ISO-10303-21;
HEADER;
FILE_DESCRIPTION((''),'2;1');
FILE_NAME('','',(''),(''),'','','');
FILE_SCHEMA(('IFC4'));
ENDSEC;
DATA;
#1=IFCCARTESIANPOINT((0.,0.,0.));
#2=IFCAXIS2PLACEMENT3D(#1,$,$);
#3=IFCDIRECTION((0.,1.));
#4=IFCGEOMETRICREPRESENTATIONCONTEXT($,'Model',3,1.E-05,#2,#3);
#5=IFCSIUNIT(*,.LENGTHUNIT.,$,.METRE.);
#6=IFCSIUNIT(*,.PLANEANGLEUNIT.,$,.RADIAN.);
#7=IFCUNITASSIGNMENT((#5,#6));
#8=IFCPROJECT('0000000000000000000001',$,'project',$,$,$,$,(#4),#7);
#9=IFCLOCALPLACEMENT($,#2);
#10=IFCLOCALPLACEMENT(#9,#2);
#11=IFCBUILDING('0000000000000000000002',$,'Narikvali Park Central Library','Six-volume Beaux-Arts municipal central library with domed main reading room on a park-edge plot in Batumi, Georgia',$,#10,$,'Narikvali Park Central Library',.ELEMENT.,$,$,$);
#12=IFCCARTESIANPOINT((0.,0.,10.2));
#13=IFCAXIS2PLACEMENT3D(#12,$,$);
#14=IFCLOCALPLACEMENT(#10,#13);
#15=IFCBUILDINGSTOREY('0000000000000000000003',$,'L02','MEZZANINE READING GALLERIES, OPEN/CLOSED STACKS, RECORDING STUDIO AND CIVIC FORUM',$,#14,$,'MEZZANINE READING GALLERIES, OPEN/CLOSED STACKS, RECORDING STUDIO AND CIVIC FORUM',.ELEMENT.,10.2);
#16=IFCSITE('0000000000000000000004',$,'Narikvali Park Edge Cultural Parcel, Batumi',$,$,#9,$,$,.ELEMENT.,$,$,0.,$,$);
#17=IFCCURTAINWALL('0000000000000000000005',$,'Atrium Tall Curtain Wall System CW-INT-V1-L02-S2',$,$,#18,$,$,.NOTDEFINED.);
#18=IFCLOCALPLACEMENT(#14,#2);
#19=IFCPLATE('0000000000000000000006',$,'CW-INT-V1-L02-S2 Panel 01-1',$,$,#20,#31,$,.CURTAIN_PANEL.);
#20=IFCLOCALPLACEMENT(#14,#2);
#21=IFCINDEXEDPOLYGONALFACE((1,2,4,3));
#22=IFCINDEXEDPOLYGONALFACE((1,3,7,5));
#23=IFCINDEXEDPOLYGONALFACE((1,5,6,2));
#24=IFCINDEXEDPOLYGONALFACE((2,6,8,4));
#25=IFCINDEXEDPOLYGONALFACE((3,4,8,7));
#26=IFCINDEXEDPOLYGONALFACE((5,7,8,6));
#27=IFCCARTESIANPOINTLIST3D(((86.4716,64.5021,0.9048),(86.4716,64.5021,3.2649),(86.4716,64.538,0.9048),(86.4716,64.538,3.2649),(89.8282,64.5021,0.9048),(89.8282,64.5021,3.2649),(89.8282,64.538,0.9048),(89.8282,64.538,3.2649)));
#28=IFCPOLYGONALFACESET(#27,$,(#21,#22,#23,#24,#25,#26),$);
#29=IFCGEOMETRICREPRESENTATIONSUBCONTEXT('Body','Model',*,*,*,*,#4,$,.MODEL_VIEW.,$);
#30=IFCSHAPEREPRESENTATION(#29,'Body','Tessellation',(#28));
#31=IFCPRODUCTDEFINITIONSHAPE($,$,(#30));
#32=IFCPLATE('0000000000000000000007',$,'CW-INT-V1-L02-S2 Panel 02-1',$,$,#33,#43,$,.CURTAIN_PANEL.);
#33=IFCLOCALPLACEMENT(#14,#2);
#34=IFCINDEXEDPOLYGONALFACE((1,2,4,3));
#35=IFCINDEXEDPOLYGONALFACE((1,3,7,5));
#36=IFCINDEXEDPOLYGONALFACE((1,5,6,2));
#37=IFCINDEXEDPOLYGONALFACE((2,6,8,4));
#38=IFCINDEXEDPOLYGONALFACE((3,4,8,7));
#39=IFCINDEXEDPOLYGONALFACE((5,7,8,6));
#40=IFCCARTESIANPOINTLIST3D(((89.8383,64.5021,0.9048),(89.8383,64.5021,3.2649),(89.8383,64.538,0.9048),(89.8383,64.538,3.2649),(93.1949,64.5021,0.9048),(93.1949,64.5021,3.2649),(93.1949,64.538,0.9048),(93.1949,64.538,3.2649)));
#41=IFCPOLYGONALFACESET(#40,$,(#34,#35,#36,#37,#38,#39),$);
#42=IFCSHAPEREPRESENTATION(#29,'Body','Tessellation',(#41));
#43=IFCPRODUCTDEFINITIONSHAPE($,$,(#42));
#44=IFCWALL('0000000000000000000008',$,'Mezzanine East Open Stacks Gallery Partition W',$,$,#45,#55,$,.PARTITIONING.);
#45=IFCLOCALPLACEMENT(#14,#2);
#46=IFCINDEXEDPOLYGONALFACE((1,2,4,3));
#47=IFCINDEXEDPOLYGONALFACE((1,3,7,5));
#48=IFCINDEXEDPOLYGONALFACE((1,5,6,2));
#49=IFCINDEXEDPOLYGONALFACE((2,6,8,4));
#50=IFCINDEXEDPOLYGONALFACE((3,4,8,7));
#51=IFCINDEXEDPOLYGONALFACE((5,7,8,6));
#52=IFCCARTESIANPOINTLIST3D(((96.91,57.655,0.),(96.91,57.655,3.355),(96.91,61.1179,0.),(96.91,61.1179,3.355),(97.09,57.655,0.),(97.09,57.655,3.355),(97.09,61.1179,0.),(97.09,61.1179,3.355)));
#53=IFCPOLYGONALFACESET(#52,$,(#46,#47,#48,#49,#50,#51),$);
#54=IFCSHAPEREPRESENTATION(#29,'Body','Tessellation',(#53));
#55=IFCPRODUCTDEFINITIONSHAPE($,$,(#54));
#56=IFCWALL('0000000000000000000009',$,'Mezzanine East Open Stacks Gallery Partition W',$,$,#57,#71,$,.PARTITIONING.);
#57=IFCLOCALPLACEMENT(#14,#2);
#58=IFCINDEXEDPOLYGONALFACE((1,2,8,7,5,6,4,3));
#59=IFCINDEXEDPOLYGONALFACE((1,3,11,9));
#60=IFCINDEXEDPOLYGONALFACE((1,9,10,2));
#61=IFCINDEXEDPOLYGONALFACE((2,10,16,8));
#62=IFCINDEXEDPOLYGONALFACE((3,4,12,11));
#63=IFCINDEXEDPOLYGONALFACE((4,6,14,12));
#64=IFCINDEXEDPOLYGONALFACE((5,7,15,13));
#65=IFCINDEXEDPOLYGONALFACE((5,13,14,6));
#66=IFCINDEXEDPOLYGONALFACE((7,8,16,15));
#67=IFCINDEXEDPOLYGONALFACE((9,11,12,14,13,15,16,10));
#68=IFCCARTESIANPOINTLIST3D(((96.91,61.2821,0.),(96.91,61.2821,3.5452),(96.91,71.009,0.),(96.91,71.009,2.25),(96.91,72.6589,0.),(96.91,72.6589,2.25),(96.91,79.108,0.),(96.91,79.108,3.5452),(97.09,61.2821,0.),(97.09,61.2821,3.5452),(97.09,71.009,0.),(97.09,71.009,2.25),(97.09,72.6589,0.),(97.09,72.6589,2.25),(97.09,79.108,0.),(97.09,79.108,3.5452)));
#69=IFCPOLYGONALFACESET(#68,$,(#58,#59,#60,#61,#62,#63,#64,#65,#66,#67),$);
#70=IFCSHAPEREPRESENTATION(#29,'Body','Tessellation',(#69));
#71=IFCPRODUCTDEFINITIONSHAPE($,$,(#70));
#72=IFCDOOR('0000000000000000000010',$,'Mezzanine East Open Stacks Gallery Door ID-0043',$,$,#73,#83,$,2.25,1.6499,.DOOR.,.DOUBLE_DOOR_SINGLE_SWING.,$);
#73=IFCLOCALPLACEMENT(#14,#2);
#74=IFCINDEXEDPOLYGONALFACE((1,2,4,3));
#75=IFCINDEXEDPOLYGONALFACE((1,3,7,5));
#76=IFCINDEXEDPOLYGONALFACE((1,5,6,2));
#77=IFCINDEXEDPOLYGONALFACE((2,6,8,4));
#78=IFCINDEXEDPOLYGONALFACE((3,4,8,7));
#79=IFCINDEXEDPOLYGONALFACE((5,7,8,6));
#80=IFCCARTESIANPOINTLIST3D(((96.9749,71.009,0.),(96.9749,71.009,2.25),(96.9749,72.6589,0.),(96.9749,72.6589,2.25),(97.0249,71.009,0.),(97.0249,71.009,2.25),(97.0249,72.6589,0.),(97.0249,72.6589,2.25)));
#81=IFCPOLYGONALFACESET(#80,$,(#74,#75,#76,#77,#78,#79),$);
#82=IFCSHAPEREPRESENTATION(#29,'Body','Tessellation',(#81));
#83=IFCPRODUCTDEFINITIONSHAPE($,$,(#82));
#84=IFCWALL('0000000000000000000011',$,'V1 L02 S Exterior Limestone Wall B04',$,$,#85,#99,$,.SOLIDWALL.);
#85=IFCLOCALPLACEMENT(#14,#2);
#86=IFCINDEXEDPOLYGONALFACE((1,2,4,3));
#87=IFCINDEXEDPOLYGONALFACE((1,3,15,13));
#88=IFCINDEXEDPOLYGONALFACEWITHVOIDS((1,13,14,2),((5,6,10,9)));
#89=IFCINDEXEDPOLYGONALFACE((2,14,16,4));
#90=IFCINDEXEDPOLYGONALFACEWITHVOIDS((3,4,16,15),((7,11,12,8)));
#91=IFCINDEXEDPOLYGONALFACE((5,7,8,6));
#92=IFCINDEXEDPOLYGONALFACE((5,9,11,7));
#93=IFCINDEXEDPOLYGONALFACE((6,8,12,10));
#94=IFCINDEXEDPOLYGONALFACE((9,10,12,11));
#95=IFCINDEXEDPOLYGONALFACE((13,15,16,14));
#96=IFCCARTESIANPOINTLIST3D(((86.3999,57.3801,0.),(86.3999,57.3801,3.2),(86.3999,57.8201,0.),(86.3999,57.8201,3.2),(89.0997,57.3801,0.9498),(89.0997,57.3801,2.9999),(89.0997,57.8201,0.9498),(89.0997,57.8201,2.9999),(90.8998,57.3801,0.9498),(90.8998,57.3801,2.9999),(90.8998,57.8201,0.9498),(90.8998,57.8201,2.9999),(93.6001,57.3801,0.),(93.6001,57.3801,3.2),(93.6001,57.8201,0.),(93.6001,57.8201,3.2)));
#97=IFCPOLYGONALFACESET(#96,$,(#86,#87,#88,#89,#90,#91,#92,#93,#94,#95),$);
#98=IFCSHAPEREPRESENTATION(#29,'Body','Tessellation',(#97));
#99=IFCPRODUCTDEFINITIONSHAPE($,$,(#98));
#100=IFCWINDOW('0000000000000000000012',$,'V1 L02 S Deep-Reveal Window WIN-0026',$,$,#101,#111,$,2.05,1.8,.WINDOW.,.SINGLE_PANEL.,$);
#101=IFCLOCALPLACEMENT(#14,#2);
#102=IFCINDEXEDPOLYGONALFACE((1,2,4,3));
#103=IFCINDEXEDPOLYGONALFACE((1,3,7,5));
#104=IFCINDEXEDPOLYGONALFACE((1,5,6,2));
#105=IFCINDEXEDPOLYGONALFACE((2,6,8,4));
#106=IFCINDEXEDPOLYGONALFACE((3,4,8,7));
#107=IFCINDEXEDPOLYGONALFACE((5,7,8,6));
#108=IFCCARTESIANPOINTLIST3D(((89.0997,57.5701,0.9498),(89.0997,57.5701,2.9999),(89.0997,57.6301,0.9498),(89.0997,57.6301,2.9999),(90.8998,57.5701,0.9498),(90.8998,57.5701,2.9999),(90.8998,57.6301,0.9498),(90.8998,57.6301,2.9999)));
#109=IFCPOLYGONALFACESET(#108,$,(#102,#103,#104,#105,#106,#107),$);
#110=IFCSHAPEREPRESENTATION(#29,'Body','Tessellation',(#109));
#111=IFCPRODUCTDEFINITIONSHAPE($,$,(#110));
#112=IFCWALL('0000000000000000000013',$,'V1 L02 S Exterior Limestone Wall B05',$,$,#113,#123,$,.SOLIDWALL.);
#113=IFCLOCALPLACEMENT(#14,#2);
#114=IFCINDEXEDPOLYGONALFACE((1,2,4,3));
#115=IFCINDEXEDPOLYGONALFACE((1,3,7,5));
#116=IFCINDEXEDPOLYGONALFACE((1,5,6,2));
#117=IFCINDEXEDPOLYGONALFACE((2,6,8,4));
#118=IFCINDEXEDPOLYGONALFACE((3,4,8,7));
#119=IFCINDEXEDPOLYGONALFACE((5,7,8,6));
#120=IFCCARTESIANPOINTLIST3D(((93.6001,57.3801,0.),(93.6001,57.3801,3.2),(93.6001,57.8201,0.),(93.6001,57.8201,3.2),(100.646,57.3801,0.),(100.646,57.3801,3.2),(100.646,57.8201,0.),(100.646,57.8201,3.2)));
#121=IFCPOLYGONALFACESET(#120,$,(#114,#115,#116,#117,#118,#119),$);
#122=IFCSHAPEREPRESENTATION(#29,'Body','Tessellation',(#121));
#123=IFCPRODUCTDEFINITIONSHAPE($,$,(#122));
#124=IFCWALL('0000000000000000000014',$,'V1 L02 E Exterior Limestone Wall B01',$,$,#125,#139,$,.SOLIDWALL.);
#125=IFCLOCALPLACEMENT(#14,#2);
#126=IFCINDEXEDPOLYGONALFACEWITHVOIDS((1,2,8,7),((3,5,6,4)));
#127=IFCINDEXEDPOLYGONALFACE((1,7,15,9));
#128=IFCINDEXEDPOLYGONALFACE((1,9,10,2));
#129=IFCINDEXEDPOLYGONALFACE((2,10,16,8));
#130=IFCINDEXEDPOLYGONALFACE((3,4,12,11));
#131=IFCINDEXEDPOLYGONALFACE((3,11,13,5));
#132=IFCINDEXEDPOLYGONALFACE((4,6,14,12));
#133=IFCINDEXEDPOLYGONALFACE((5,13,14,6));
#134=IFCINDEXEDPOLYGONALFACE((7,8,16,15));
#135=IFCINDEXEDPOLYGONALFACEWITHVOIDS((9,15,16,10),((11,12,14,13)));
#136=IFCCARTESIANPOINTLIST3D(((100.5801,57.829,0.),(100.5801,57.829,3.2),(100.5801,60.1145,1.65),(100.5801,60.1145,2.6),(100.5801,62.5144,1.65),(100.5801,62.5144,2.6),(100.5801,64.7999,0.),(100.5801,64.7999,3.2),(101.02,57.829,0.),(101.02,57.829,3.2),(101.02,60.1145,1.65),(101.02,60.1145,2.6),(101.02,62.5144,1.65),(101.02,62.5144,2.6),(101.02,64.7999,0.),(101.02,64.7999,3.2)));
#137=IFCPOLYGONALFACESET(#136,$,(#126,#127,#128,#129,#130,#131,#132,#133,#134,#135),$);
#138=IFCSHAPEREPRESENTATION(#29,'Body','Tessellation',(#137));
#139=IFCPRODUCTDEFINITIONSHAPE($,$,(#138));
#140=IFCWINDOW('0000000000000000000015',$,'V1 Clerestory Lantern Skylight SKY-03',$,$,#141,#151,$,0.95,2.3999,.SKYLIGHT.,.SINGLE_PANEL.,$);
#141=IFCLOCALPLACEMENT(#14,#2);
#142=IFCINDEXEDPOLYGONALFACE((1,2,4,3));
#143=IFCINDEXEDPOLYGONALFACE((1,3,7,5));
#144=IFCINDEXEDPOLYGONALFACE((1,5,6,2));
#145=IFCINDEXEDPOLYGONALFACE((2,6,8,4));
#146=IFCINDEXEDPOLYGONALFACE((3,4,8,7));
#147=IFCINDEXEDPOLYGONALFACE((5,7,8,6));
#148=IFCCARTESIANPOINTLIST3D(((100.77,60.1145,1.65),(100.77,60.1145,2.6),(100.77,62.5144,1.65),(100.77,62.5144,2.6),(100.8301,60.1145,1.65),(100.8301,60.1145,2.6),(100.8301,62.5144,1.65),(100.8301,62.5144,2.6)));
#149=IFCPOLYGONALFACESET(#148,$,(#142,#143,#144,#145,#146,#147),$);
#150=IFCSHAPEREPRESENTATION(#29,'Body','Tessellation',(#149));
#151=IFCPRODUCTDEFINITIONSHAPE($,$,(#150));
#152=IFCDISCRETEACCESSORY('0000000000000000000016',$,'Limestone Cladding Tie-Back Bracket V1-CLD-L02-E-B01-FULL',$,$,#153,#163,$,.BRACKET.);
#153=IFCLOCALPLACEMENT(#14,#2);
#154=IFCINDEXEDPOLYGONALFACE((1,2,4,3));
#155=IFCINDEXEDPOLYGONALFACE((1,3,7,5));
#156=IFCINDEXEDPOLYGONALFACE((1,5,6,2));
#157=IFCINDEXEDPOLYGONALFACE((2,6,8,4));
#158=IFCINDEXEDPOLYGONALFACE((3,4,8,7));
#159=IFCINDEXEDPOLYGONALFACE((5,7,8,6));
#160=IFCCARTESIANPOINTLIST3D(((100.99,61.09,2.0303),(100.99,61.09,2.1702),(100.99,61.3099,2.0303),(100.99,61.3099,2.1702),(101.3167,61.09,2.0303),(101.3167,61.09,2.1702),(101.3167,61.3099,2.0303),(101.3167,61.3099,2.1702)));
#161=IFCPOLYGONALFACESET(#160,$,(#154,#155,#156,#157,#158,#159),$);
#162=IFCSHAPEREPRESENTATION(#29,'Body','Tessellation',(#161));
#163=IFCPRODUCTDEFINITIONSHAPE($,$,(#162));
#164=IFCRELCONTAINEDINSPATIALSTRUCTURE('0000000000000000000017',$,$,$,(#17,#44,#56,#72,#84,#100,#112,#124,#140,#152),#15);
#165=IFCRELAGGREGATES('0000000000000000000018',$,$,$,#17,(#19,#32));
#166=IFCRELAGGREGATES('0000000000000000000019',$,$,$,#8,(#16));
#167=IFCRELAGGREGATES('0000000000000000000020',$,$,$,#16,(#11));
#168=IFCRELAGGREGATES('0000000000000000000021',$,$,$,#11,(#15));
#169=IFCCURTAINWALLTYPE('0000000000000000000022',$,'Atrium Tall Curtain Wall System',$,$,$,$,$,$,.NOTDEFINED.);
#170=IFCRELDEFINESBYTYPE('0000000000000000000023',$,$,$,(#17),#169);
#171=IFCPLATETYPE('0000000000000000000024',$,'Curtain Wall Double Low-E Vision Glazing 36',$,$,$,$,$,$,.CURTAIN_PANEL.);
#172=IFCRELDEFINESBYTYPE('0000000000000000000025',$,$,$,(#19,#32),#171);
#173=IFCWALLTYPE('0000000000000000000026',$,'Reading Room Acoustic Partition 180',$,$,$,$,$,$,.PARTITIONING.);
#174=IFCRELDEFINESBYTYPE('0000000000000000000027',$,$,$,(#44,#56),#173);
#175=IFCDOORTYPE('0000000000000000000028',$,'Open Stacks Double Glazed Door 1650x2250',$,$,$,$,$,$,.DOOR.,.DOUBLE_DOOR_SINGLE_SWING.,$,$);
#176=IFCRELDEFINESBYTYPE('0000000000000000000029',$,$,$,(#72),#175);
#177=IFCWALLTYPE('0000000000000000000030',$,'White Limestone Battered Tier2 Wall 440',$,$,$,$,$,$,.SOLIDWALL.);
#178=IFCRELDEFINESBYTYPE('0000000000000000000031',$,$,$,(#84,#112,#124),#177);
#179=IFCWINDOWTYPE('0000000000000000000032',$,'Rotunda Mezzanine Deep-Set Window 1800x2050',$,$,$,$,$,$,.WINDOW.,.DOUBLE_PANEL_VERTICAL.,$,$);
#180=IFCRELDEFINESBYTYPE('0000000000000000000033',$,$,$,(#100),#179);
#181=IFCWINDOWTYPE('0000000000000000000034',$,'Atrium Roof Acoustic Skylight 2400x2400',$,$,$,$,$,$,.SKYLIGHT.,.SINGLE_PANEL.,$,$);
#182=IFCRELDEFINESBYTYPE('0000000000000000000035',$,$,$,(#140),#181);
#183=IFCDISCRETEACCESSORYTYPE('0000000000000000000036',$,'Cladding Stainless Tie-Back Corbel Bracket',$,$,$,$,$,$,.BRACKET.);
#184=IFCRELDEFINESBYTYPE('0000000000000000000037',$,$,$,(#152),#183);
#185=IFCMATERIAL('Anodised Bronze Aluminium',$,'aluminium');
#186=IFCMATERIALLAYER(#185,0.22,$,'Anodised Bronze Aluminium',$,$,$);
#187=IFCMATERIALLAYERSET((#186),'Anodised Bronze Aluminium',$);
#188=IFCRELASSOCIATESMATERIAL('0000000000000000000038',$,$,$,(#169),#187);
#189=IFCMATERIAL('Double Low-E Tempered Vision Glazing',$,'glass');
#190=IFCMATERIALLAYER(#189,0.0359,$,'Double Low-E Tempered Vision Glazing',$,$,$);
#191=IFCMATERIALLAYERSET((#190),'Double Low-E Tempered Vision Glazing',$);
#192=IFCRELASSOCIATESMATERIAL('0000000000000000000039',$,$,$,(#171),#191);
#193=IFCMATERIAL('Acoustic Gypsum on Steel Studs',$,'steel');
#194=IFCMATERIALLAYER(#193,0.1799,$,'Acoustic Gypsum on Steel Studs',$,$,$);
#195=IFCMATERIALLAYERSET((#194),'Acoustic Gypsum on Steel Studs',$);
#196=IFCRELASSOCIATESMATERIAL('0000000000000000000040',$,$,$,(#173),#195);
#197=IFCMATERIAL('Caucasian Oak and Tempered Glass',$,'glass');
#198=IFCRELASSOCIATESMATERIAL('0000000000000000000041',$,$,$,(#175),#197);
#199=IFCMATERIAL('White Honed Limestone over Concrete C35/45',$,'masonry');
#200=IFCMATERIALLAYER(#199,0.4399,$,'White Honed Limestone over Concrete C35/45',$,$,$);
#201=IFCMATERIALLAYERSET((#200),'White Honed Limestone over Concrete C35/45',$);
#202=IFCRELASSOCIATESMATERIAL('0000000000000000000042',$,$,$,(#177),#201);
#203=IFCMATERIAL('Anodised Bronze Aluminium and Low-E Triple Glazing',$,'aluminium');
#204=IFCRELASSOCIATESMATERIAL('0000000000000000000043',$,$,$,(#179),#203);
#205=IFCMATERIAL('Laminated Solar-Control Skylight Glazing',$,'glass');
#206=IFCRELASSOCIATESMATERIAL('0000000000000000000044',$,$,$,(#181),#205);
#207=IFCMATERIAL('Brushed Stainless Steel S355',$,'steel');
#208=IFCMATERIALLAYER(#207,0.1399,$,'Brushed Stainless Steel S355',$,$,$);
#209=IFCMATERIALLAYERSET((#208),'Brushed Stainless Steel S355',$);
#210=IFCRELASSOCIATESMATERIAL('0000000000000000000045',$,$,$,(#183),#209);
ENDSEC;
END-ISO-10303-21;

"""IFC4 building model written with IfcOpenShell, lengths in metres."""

from ifc_helpers import new_model, si_unit, direction, frame, frame_2d, origin, origin_2d, place, context, subcontext, project, spatial, rectangle, extrude, material, layer, layer_set, type_object, element, fill, aggregate, save


model = new_model("IFC4")

# Units and contexts
model_context = context("Model", 3, precision=1e-05, world=origin(), true_north=direction((0.0, 1.0)))
body_context = subcontext(model_context, "Body", "Model", "MODEL_VIEW")
ifc_project = project(units=[si_unit("LENGTHUNIT", "METRE"), si_unit("PLANEANGLEUNIT", "RADIAN")], contexts=[model_context])

# Site, building, storey
site_placement = place(None, origin())
site = spatial("IfcSite", under=ifc_project, at=site_placement, Name="Narikvali Park Edge Cultural Parcel, Batumi", CompositionType="ELEMENT", RefElevation=0.0)
building_placement = place(site_placement, origin())
building = spatial("IfcBuilding", under=site, at=building_placement, Name="Narikvali Park Central Library", Description="Six-volume Beaux-Arts municipal central library with domed main reading room on a park-edge plot in Batumi, Georgia", LongName="Narikvali Park Central Library", CompositionType="ELEMENT")
storey_placement = place(building_placement, frame((0.0, 0.0, 10.2)))
storey = spatial("IfcBuildingStorey", under=building, at=storey_placement, Name="L02", Description="MEZZANINE READING GALLERIES, OPEN/CLOSED STACKS, RECORDING STUDIO AND CIVIC FORUM", LongName="MEZZANINE READING GALLERIES, OPEN/CLOSED STACKS, RECORDING STUDIO AND CIVIC FORUM", CompositionType="ELEMENT", Elevation=10.2)

# Curtain wall
ifc_material_1 = material(Name="Anodised Bronze Aluminium", Category="aluminium")
ifc_layer_1 = layer(ifc_material_1, 0.22, Name="Anodised Bronze Aluminium")
ifc_layer_set_1 = layer_set([ifc_layer_1], Name="Anodised Bronze Aluminium")
curtain_wall_type = type_object("IfcCurtainWallType", Name="Atrium Tall Curtain Wall System", PredefinedType="NOTDEFINED", material=ifc_layer_set_1)
curtain_wall_placement = place(storey_placement, origin())
curtain_wall = element("IfcCurtainWall", 1, at=curtain_wall_placement, inside=storey, type_object=curtain_wall_type, Name="Atrium Tall Curtain Wall System CW-INT-V1-L02-S2", PredefinedType="NOTDEFINED")

# Plates
ifc_material_2 = material(Name="Double Low-E Tempered Vision Glazing", Category="glass")
ifc_layer_2 = layer(ifc_material_2, 0.0359, Name="Double Low-E Tempered Vision Glazing")
ifc_layer_set_2 = layer_set([ifc_layer_2], Name="Double Low-E Tempered Vision Glazing")
plate_type_1 = type_object("IfcPlateType", Name="Curtain Wall Double Low-E Vision Glazing 36", PredefinedType="CURTAIN_PANEL", material=ifc_layer_set_2)
plate_1_placement = place(storey_placement, frame((88.1499, 64.52, 0.9048), z_axis=(0.0, 0.0, 1.0), x_axis=(1.0, 0.0, 0.0)))
plate_1 = element("IfcPlate", 2, at=plate_1_placement, type_object=plate_type_1, Name="CW-INT-V1-L02-S2 Panel 01-1", PredefinedType="CURTAIN_PANEL", context=body_context, shape_type="SweptSolid", body=[
    extrude(rectangle(XDim=3.3567, YDim=0.0359, at=origin_2d()), origin(), (0.0, 0.0, 1.0), 2.3601),
])
plate_2_placement = place(storey_placement, frame((91.5166, 64.52, 0.9048), z_axis=(0.0, 0.0, 1.0), x_axis=(1.0, 0.0, 0.0)))
plate_2 = element("IfcPlate", 3, at=plate_2_placement, type_object=plate_type_1, Name="CW-INT-V1-L02-S2 Panel 02-1", PredefinedType="CURTAIN_PANEL", context=body_context, shape_type="SweptSolid", body=[
    extrude(rectangle(XDim=3.3567, YDim=0.0359, at=origin_2d()), origin(), (0.0, 0.0, 1.0), 2.3601),
])
aggregate(curtain_wall, [plate_1, plate_2])

# Wall
ifc_material_3 = material(Name="Acoustic Gypsum on Steel Studs", Category="steel")
ifc_layer_3 = layer(ifc_material_3, 0.1799, Name="Acoustic Gypsum on Steel Studs")
ifc_layer_set_3 = layer_set([ifc_layer_3], Name="Acoustic Gypsum on Steel Studs")
wall_type_1 = type_object("IfcWallType", Name="Reading Room Acoustic Partition 180", PredefinedType="PARTITIONING", material=ifc_layer_set_3)
wall_1_placement = place(storey_placement, frame((97.0, 57.655, 0.0), z_axis=(0.0, 0.0, 1.0), x_axis=(0.0, 1.0, 0.0)))
element("IfcWall", 4, at=wall_1_placement, inside=storey, type_object=wall_type_1, Name="Mezzanine East Open Stacks Gallery Partition W", PredefinedType="PARTITIONING", context=body_context, shape_type="SweptSolid", body=[
    extrude(rectangle(XDim=3.4629, YDim=0.1799, at=frame_2d((1.7314, 0.0))), origin(), (0.0, 0.0, 1.0), 3.355),
])

# Wall, opening, door
wall_2_placement = place(storey_placement, frame((97.0, 61.282, 0.0), z_axis=(0.0, 0.0, 1.0), x_axis=(0.0, 1.0, 0.0)))
wall_2 = element("IfcWall", 5, at=wall_2_placement, inside=storey, type_object=wall_type_1, Name="Mezzanine East Open Stacks Gallery Partition W", PredefinedType="PARTITIONING", context=body_context, shape_type="SweptSolid", body=[
    extrude(rectangle(XDim=17.8259, YDim=0.1799, at=frame_2d((8.9131, 0.0))), origin(), (0.0, 0.0, 1.0), 3.5452),
])
opening_1_placement = place(wall_2_placement, frame((9.7271, 0.0, 0.0)))
opening_1 = element("IfcOpeningElement", 6, at=opening_1_placement, cuts=wall_2, PredefinedType="OPENING", context=body_context, shape_type="SweptSolid", body=[
    extrude(rectangle(XDim=1.6499, YDim=2.25, at=frame_2d((0.825, 1.125))), frame((0.0, 0.1021, 0.0), z_axis=(0.0, -1.0, 0.0), x_axis=(1.0, 0.0, 0.0)), (0.0, 0.0, 1.0), 0.2039),
])
ifc_material_4 = material(Name="Caucasian Oak and Tempered Glass", Category="glass")
door_type = type_object("IfcDoorType", Name="Open Stacks Double Glazed Door 1650x2250", OperationType="DOUBLE_DOOR_SINGLE_SWING", PredefinedType="DOOR", material=ifc_material_4)
door_placement = place(opening_1_placement, frame((1.6499, 0.0, 0.0), z_axis=(0.0, 0.0, 1.0), x_axis=(-1.0, 0.0, 0.0)))
door = element("IfcDoor", 7, at=door_placement, inside=storey, type_object=door_type, Name="Mezzanine East Open Stacks Gallery Door ID-0043", OperationType="DOUBLE_DOOR_SINGLE_SWING", OverallHeight=2.25, OverallWidth=1.6499, PredefinedType="DOOR", context=body_context, shape_type="SweptSolid", body=[
    extrude(rectangle(XDim=1.6499, YDim=2.25, at=frame_2d((0.825, 1.125))), frame((0.0, 0.0249, 0.0), z_axis=(0.0, -1.0, 0.0), x_axis=(1.0, 0.0, 0.0)), (0.0, 0.0, 1.0), 0.05),
])
fill(opening_1, door)

# Wall, opening, window
ifc_material_5 = material(Name="White Honed Limestone over Concrete C35/45", Category="masonry")
ifc_layer_4 = layer(ifc_material_5, 0.4399, Name="White Honed Limestone over Concrete C35/45")
ifc_layer_set_4 = layer_set([ifc_layer_4], Name="White Honed Limestone over Concrete C35/45")
wall_type_2 = type_object("IfcWallType", Name="White Limestone Battered Tier2 Wall 440", PredefinedType="SOLIDWALL", material=ifc_layer_set_4)
wall_3_placement = place(storey_placement, frame((86.3999, 57.6001, 0.0), z_axis=(0.0, 0.0, 1.0), x_axis=(1.0, 0.0, 0.0)))
wall_3 = element("IfcWall", 8, at=wall_3_placement, inside=storey, type_object=wall_type_2, Name="V1 L02 S Exterior Limestone Wall B04", PredefinedType="SOLIDWALL", context=body_context, shape_type="SweptSolid", body=[
    extrude(rectangle(XDim=7.2002, YDim=0.4399, at=frame_2d((3.6001, 0.0))), origin(), (0.0, 0.0, 1.0), 3.2),
])
opening_2_placement = place(wall_3_placement, frame((2.7, 0.0, 0.95)))
opening_2 = element("IfcOpeningElement", 9, at=opening_2_placement, cuts=wall_3, PredefinedType="OPENING", context=body_context, shape_type="SweptSolid", body=[
    extrude(rectangle(XDim=1.8, YDim=2.05, at=frame_2d((0.8999, 1.0249))), frame((0.0, 0.2319, 0.0), z_axis=(0.0, -1.0, 0.0), x_axis=(1.0, 0.0, 0.0)), (0.0, 0.0, 1.0), 0.4639),
])
ifc_material_6 = material(Name="Anodised Bronze Aluminium and Low-E Triple Glazing", Category="aluminium")
window_type_1 = type_object("IfcWindowType", Name="Rotunda Mezzanine Deep-Set Window 1800x2050", PartitioningType="DOUBLE_PANEL_VERTICAL", PredefinedType="WINDOW", material=ifc_material_6)
window_1_placement = place(opening_2_placement, origin())
window_1 = element("IfcWindow", 10, at=window_1_placement, inside=storey, type_object=window_type_1, Name="V1 L02 S Deep-Reveal Window WIN-0026", OverallHeight=2.05, OverallWidth=1.8, PartitioningType="SINGLE_PANEL", PredefinedType="WINDOW", context=body_context, shape_type="SweptSolid", body=[
    extrude(rectangle(XDim=1.8, YDim=2.05, at=frame_2d((0.8999, 1.0249))), frame((0.0, 0.03, 0.0), z_axis=(0.0, -1.0, 0.0), x_axis=(1.0, 0.0, 0.0)), (0.0, 0.0, 1.0), 0.0601),
])
fill(opening_2, window_1)

# Wall
wall_4_placement = place(storey_placement, frame((93.6001, 57.6001, 0.0), z_axis=(0.0, 0.0, 1.0), x_axis=(1.0, 0.0, 0.0)))
element("IfcWall", 11, at=wall_4_placement, inside=storey, type_object=wall_type_2, Name="V1 L02 S Exterior Limestone Wall B05", PredefinedType="SOLIDWALL", context=body_context, shape_type="SweptSolid", body=[
    extrude(rectangle(XDim=7.0459, YDim=0.4399, at=frame_2d((3.5229, 0.0))), origin(), (0.0, 0.0, 1.0), 3.2),
])

# Wall, opening, window
wall_5_placement = place(storey_placement, frame((100.8, 57.8291, 0.0), z_axis=(0.0, 0.0, 1.0), x_axis=(0.0, 1.0, 0.0)))
wall_5 = element("IfcWall", 12, at=wall_5_placement, inside=storey, type_object=wall_type_2, Name="V1 L02 E Exterior Limestone Wall B01", PredefinedType="SOLIDWALL", context=body_context, shape_type="SweptSolid", body=[
    extrude(rectangle(XDim=6.9709, YDim=0.4399, at=frame_2d((3.4854, 0.0))), origin(), (0.0, 0.0, 1.0), 3.2),
])
opening_3_placement = place(wall_5_placement, frame((2.2854, 0.0, 1.6499)))
opening_3 = element("IfcOpeningElement", 13, at=opening_3_placement, cuts=wall_5, PredefinedType="OPENING", context=body_context, shape_type="SweptSolid", body=[
    extrude(rectangle(XDim=2.3999, YDim=0.95, at=frame_2d((1.2, 0.4751))), frame((0.0, 0.2319, 0.0), z_axis=(0.0, -1.0, 0.0), x_axis=(1.0, 0.0, 0.0)), (0.0, 0.0, 1.0), 0.4639),
])
ifc_material_7 = material(Name="Laminated Solar-Control Skylight Glazing", Category="glass")
window_type_2 = type_object("IfcWindowType", Name="Atrium Roof Acoustic Skylight 2400x2400", PartitioningType="SINGLE_PANEL", PredefinedType="SKYLIGHT", material=ifc_material_7)
window_2_placement = place(opening_3_placement, origin())
window_2 = element("IfcWindow", 14, at=window_2_placement, inside=storey, type_object=window_type_2, Name="V1 Clerestory Lantern Skylight SKY-03", OverallHeight=0.95, OverallWidth=2.3999, PartitioningType="SINGLE_PANEL", PredefinedType="SKYLIGHT", context=body_context, shape_type="SweptSolid", body=[
    extrude(rectangle(XDim=2.3999, YDim=0.95, at=frame_2d((1.2, 0.4751))), frame((0.0, 0.03, 0.0), z_axis=(0.0, -1.0, 0.0), x_axis=(1.0, 0.0, 0.0)), (0.0, 0.0, 1.0), 0.0601),
])
fill(opening_3, window_2)

# Discrete accessory
ifc_material_8 = material(Name="Brushed Stainless Steel S355", Category="steel")
ifc_layer_5 = layer(ifc_material_8, 0.1399, Name="Brushed Stainless Steel S355")
ifc_layer_set_5 = layer_set([ifc_layer_5], Name="Brushed Stainless Steel S355")
discrete_accessory_type = type_object("IfcDiscreteAccessoryType", Name="Cladding Stainless Tie-Back Corbel Bracket", PredefinedType="BRACKET", material=ifc_layer_set_5)
discrete_accessory_placement = place(storey_placement, frame((101.1533, 61.2, 2.0303), z_axis=(0.0, 0.0, 1.0), x_axis=(1.0, 0.0, 0.0)))
element("IfcDiscreteAccessory", 15, at=discrete_accessory_placement, inside=storey, type_object=discrete_accessory_type, Name="Limestone Cladding Tie-Back Bracket V1-CLD-L02-E-B01-FULL", PredefinedType="BRACKET", context=body_context, shape_type="SweptSolid", body=[
    extrude(rectangle(XDim=0.3267, YDim=0.22, at=origin_2d()), origin(), (0.0, 0.0, 1.0), 0.1399),
])

save(model, "model.ifc")
